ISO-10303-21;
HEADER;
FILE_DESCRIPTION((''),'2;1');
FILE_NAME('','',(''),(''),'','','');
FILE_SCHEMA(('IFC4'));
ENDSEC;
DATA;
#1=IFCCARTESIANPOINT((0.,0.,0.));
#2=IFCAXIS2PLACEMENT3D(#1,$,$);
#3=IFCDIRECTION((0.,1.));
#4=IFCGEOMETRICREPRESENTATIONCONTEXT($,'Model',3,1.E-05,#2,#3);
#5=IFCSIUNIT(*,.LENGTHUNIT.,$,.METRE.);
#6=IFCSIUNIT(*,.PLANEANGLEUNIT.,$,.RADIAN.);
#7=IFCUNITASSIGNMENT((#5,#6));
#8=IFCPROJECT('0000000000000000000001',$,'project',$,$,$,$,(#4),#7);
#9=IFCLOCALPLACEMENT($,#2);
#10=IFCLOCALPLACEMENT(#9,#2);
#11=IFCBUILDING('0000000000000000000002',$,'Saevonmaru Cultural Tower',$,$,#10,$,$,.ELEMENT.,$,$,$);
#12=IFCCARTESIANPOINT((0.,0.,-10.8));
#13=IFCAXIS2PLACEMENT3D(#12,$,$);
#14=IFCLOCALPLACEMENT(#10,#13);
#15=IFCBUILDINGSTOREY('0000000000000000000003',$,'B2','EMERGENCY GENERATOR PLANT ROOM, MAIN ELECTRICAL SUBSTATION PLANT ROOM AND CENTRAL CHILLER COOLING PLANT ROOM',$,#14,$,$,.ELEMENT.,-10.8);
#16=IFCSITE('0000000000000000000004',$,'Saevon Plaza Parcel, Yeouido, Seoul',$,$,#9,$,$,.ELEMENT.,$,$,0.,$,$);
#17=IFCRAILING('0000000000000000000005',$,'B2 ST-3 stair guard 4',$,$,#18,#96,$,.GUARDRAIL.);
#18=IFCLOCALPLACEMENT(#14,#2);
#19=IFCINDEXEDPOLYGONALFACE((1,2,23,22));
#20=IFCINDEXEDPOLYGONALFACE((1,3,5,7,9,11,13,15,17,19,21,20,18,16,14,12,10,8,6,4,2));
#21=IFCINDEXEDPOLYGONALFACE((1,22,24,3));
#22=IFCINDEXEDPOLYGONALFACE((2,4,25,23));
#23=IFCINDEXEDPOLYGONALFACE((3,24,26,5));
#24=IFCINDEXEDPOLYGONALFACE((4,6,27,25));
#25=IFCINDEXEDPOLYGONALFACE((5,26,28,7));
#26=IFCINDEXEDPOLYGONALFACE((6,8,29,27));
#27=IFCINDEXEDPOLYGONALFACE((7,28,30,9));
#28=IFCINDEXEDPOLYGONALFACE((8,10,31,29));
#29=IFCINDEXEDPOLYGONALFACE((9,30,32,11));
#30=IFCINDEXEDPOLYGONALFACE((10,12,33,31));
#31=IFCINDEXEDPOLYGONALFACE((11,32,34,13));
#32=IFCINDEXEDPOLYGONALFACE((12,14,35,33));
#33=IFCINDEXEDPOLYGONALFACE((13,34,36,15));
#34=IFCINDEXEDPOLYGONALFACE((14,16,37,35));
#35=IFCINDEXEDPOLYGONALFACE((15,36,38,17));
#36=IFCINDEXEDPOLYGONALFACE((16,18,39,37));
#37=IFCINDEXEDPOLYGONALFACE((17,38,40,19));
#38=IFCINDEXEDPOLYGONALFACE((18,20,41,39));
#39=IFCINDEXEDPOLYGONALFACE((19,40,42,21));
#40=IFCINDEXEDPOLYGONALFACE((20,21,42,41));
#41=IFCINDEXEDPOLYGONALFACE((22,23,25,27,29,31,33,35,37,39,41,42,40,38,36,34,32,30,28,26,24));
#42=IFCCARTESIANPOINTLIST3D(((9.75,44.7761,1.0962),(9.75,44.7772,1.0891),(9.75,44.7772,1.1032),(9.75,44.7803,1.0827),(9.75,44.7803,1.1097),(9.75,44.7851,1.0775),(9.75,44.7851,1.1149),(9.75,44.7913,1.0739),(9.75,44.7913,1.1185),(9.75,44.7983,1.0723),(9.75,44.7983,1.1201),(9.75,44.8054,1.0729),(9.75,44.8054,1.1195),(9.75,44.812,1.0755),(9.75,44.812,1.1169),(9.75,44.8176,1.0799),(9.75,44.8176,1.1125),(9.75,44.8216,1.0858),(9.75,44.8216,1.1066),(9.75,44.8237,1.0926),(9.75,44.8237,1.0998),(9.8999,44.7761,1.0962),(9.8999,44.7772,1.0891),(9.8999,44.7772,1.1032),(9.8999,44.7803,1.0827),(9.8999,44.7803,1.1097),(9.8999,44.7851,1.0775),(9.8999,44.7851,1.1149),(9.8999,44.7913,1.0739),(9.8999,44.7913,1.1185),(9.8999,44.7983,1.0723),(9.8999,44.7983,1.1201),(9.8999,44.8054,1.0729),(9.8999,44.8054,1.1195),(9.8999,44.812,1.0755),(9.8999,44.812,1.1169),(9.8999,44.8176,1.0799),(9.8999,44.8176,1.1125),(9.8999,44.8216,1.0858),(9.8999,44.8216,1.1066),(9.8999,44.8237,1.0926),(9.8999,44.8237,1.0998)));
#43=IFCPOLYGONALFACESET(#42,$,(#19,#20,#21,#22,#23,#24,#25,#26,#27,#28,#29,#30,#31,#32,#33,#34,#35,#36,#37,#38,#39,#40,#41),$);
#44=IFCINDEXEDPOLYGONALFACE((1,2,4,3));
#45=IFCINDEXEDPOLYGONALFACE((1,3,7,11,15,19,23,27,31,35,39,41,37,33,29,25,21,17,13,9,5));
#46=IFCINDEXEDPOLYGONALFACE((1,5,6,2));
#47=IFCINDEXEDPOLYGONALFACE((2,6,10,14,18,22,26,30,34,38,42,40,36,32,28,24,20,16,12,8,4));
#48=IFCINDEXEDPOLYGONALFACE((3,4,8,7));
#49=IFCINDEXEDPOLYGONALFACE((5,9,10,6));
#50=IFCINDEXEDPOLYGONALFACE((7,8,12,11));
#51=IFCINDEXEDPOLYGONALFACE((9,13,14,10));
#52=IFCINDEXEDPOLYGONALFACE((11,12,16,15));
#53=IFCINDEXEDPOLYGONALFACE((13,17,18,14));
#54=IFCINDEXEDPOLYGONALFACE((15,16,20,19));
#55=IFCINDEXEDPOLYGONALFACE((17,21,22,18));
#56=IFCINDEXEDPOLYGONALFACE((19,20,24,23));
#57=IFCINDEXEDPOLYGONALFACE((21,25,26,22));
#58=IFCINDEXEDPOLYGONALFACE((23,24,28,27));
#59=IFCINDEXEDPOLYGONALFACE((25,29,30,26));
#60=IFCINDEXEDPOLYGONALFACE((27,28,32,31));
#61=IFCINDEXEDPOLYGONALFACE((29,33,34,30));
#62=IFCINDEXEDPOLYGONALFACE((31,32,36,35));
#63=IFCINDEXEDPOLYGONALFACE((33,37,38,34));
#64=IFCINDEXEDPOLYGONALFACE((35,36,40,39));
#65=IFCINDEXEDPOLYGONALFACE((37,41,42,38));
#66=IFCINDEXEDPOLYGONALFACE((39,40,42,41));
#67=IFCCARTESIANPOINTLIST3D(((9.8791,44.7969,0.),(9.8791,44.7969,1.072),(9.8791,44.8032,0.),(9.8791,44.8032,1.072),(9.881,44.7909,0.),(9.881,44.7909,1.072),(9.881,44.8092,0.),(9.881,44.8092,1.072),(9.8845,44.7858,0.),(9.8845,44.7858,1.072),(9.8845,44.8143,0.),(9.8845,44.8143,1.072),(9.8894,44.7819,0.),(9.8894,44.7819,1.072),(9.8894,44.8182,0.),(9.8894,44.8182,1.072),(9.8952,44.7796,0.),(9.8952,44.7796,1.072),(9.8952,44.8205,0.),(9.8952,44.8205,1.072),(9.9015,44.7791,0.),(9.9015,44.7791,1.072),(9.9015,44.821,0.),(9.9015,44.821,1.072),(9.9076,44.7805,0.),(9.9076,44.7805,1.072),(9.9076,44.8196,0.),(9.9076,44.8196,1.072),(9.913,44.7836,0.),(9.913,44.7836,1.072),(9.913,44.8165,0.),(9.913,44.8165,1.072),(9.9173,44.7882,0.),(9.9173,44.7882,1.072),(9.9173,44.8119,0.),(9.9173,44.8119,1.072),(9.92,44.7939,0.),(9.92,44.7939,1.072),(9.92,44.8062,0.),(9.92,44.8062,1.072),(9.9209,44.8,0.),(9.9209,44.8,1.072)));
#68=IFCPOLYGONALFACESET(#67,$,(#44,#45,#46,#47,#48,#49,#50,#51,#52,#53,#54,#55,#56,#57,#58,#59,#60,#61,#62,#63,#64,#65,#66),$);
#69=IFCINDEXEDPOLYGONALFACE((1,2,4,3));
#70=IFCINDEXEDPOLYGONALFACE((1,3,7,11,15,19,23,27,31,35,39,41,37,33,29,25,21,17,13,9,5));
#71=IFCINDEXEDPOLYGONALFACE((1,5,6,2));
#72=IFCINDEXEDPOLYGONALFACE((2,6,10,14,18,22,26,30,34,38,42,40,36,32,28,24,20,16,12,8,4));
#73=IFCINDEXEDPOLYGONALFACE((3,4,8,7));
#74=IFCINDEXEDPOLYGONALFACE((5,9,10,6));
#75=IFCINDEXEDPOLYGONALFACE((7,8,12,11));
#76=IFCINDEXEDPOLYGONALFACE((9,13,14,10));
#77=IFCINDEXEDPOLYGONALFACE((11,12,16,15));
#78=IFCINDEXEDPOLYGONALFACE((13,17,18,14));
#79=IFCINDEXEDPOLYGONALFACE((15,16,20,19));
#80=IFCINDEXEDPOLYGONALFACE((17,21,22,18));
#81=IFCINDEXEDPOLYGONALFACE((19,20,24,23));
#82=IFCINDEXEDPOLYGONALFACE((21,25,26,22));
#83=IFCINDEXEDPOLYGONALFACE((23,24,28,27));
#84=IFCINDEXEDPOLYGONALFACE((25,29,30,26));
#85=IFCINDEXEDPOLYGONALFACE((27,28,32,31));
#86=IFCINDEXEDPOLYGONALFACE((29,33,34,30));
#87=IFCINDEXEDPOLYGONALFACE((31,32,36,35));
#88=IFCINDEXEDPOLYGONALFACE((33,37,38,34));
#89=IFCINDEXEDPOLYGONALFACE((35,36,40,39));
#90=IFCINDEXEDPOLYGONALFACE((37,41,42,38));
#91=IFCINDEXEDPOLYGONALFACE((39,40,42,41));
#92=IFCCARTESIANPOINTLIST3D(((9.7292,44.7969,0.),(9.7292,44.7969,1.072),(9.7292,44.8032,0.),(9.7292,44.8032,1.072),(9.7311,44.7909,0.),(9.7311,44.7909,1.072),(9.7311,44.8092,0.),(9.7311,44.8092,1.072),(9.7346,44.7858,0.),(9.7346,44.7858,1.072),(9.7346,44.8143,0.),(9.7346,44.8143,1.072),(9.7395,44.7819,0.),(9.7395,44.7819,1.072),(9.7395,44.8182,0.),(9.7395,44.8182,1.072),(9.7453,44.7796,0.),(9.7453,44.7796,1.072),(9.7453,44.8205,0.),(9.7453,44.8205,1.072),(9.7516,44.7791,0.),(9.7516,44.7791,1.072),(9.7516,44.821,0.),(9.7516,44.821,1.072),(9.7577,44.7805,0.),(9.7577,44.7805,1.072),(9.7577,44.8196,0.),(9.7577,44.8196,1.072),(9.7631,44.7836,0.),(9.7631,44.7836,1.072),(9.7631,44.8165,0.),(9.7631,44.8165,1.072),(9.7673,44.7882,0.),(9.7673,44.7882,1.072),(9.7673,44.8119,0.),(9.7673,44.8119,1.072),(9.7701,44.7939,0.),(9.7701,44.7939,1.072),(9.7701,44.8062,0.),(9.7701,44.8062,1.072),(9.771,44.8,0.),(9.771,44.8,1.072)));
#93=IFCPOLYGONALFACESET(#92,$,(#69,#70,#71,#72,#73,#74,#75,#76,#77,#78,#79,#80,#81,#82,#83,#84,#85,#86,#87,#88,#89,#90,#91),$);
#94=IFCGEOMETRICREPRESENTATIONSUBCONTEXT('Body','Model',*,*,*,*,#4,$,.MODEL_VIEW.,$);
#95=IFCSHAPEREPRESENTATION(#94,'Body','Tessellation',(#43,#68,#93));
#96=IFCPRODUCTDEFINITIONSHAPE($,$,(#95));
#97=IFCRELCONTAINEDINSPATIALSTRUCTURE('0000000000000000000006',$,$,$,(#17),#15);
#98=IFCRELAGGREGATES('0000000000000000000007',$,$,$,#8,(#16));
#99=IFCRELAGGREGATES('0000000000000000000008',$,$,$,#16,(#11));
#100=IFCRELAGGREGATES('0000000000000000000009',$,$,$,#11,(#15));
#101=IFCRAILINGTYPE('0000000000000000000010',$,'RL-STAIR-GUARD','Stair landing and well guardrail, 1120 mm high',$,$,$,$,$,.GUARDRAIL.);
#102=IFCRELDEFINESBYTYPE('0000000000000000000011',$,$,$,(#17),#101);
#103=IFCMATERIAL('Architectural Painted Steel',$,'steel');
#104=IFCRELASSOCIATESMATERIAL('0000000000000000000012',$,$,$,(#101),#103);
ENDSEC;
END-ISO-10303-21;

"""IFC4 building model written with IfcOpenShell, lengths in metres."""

from ifc_helpers import new_model, si_unit, direction, frame, origin, origin_2d, place, context, subcontext, project, spatial, circle, extrude, material, type_object, element, save


model = new_model("IFC4")

# Units and contexts
model_context = context("Model", 3, precision=1e-05, world=origin(), true_north=direction((0.0, 1.0)))
body_context = subcontext(model_context, "Body", "Model", "MODEL_VIEW")
ifc_project = project(units=[si_unit("LENGTHUNIT", "METRE"), si_unit("PLANEANGLEUNIT", "RADIAN")], contexts=[model_context])

# Site, building, storey
site_placement = place(None, origin())
site = spatial("IfcSite", under=ifc_project, at=site_placement, Name="Saevon Plaza Parcel, Yeouido, Seoul", CompositionType="ELEMENT", RefElevation=0.0)
building_placement = place(site_placement, origin())
building = spatial("IfcBuilding", under=site, at=building_placement, Name="Saevonmaru Cultural Tower", CompositionType="ELEMENT")
storey_placement = place(building_placement, frame((0.0, 0.0, -10.8)))
storey = spatial("IfcBuildingStorey", under=building, at=storey_placement, Name="B2", Description="EMERGENCY GENERATOR PLANT ROOM, MAIN ELECTRICAL SUBSTATION PLANT ROOM AND CENTRAL CHILLER COOLING PLANT ROOM", CompositionType="ELEMENT", Elevation=-10.8)

# Railing
ifc_material_1 = material(Name="Architectural Painted Steel", Category="steel")
railing_type = type_object("IfcRailingType", Name="RL-STAIR-GUARD", Description="Stair landing and well guardrail, 1120 mm high", PredefinedType="GUARDRAIL", material=ifc_material_1)
railing_1_placement = place(storey_placement, frame((9.8999, 44.8, 0.0)))
element("IfcRailing", 1, at=railing_1_placement, inside=storey, type_object=railing_type, Name="B2 ST-3 stair guard 4", PredefinedType="GUARDRAIL", context=body_context, shape_type="SweptSolid", body=[
    extrude(circle(Radius=0.0239, at=origin_2d()), frame((0.0, 0.0, 1.0962), z_axis=(-1.0, 0.0, 0.0), x_axis=(0.0, -1.0, 0.0)), (0.0, 0.0, 1.0), 0.1499),
    extrude(circle(Radius=0.021, at=origin_2d()), origin(), (0.0, 0.0, 1.0), 1.072),
    extrude(circle(Radius=0.021, at=origin_2d()), frame((-0.1499, 0.0, 0.0)), (0.0, 0.0, 1.0), 1.072),
])

save(model, "model.ifc")
